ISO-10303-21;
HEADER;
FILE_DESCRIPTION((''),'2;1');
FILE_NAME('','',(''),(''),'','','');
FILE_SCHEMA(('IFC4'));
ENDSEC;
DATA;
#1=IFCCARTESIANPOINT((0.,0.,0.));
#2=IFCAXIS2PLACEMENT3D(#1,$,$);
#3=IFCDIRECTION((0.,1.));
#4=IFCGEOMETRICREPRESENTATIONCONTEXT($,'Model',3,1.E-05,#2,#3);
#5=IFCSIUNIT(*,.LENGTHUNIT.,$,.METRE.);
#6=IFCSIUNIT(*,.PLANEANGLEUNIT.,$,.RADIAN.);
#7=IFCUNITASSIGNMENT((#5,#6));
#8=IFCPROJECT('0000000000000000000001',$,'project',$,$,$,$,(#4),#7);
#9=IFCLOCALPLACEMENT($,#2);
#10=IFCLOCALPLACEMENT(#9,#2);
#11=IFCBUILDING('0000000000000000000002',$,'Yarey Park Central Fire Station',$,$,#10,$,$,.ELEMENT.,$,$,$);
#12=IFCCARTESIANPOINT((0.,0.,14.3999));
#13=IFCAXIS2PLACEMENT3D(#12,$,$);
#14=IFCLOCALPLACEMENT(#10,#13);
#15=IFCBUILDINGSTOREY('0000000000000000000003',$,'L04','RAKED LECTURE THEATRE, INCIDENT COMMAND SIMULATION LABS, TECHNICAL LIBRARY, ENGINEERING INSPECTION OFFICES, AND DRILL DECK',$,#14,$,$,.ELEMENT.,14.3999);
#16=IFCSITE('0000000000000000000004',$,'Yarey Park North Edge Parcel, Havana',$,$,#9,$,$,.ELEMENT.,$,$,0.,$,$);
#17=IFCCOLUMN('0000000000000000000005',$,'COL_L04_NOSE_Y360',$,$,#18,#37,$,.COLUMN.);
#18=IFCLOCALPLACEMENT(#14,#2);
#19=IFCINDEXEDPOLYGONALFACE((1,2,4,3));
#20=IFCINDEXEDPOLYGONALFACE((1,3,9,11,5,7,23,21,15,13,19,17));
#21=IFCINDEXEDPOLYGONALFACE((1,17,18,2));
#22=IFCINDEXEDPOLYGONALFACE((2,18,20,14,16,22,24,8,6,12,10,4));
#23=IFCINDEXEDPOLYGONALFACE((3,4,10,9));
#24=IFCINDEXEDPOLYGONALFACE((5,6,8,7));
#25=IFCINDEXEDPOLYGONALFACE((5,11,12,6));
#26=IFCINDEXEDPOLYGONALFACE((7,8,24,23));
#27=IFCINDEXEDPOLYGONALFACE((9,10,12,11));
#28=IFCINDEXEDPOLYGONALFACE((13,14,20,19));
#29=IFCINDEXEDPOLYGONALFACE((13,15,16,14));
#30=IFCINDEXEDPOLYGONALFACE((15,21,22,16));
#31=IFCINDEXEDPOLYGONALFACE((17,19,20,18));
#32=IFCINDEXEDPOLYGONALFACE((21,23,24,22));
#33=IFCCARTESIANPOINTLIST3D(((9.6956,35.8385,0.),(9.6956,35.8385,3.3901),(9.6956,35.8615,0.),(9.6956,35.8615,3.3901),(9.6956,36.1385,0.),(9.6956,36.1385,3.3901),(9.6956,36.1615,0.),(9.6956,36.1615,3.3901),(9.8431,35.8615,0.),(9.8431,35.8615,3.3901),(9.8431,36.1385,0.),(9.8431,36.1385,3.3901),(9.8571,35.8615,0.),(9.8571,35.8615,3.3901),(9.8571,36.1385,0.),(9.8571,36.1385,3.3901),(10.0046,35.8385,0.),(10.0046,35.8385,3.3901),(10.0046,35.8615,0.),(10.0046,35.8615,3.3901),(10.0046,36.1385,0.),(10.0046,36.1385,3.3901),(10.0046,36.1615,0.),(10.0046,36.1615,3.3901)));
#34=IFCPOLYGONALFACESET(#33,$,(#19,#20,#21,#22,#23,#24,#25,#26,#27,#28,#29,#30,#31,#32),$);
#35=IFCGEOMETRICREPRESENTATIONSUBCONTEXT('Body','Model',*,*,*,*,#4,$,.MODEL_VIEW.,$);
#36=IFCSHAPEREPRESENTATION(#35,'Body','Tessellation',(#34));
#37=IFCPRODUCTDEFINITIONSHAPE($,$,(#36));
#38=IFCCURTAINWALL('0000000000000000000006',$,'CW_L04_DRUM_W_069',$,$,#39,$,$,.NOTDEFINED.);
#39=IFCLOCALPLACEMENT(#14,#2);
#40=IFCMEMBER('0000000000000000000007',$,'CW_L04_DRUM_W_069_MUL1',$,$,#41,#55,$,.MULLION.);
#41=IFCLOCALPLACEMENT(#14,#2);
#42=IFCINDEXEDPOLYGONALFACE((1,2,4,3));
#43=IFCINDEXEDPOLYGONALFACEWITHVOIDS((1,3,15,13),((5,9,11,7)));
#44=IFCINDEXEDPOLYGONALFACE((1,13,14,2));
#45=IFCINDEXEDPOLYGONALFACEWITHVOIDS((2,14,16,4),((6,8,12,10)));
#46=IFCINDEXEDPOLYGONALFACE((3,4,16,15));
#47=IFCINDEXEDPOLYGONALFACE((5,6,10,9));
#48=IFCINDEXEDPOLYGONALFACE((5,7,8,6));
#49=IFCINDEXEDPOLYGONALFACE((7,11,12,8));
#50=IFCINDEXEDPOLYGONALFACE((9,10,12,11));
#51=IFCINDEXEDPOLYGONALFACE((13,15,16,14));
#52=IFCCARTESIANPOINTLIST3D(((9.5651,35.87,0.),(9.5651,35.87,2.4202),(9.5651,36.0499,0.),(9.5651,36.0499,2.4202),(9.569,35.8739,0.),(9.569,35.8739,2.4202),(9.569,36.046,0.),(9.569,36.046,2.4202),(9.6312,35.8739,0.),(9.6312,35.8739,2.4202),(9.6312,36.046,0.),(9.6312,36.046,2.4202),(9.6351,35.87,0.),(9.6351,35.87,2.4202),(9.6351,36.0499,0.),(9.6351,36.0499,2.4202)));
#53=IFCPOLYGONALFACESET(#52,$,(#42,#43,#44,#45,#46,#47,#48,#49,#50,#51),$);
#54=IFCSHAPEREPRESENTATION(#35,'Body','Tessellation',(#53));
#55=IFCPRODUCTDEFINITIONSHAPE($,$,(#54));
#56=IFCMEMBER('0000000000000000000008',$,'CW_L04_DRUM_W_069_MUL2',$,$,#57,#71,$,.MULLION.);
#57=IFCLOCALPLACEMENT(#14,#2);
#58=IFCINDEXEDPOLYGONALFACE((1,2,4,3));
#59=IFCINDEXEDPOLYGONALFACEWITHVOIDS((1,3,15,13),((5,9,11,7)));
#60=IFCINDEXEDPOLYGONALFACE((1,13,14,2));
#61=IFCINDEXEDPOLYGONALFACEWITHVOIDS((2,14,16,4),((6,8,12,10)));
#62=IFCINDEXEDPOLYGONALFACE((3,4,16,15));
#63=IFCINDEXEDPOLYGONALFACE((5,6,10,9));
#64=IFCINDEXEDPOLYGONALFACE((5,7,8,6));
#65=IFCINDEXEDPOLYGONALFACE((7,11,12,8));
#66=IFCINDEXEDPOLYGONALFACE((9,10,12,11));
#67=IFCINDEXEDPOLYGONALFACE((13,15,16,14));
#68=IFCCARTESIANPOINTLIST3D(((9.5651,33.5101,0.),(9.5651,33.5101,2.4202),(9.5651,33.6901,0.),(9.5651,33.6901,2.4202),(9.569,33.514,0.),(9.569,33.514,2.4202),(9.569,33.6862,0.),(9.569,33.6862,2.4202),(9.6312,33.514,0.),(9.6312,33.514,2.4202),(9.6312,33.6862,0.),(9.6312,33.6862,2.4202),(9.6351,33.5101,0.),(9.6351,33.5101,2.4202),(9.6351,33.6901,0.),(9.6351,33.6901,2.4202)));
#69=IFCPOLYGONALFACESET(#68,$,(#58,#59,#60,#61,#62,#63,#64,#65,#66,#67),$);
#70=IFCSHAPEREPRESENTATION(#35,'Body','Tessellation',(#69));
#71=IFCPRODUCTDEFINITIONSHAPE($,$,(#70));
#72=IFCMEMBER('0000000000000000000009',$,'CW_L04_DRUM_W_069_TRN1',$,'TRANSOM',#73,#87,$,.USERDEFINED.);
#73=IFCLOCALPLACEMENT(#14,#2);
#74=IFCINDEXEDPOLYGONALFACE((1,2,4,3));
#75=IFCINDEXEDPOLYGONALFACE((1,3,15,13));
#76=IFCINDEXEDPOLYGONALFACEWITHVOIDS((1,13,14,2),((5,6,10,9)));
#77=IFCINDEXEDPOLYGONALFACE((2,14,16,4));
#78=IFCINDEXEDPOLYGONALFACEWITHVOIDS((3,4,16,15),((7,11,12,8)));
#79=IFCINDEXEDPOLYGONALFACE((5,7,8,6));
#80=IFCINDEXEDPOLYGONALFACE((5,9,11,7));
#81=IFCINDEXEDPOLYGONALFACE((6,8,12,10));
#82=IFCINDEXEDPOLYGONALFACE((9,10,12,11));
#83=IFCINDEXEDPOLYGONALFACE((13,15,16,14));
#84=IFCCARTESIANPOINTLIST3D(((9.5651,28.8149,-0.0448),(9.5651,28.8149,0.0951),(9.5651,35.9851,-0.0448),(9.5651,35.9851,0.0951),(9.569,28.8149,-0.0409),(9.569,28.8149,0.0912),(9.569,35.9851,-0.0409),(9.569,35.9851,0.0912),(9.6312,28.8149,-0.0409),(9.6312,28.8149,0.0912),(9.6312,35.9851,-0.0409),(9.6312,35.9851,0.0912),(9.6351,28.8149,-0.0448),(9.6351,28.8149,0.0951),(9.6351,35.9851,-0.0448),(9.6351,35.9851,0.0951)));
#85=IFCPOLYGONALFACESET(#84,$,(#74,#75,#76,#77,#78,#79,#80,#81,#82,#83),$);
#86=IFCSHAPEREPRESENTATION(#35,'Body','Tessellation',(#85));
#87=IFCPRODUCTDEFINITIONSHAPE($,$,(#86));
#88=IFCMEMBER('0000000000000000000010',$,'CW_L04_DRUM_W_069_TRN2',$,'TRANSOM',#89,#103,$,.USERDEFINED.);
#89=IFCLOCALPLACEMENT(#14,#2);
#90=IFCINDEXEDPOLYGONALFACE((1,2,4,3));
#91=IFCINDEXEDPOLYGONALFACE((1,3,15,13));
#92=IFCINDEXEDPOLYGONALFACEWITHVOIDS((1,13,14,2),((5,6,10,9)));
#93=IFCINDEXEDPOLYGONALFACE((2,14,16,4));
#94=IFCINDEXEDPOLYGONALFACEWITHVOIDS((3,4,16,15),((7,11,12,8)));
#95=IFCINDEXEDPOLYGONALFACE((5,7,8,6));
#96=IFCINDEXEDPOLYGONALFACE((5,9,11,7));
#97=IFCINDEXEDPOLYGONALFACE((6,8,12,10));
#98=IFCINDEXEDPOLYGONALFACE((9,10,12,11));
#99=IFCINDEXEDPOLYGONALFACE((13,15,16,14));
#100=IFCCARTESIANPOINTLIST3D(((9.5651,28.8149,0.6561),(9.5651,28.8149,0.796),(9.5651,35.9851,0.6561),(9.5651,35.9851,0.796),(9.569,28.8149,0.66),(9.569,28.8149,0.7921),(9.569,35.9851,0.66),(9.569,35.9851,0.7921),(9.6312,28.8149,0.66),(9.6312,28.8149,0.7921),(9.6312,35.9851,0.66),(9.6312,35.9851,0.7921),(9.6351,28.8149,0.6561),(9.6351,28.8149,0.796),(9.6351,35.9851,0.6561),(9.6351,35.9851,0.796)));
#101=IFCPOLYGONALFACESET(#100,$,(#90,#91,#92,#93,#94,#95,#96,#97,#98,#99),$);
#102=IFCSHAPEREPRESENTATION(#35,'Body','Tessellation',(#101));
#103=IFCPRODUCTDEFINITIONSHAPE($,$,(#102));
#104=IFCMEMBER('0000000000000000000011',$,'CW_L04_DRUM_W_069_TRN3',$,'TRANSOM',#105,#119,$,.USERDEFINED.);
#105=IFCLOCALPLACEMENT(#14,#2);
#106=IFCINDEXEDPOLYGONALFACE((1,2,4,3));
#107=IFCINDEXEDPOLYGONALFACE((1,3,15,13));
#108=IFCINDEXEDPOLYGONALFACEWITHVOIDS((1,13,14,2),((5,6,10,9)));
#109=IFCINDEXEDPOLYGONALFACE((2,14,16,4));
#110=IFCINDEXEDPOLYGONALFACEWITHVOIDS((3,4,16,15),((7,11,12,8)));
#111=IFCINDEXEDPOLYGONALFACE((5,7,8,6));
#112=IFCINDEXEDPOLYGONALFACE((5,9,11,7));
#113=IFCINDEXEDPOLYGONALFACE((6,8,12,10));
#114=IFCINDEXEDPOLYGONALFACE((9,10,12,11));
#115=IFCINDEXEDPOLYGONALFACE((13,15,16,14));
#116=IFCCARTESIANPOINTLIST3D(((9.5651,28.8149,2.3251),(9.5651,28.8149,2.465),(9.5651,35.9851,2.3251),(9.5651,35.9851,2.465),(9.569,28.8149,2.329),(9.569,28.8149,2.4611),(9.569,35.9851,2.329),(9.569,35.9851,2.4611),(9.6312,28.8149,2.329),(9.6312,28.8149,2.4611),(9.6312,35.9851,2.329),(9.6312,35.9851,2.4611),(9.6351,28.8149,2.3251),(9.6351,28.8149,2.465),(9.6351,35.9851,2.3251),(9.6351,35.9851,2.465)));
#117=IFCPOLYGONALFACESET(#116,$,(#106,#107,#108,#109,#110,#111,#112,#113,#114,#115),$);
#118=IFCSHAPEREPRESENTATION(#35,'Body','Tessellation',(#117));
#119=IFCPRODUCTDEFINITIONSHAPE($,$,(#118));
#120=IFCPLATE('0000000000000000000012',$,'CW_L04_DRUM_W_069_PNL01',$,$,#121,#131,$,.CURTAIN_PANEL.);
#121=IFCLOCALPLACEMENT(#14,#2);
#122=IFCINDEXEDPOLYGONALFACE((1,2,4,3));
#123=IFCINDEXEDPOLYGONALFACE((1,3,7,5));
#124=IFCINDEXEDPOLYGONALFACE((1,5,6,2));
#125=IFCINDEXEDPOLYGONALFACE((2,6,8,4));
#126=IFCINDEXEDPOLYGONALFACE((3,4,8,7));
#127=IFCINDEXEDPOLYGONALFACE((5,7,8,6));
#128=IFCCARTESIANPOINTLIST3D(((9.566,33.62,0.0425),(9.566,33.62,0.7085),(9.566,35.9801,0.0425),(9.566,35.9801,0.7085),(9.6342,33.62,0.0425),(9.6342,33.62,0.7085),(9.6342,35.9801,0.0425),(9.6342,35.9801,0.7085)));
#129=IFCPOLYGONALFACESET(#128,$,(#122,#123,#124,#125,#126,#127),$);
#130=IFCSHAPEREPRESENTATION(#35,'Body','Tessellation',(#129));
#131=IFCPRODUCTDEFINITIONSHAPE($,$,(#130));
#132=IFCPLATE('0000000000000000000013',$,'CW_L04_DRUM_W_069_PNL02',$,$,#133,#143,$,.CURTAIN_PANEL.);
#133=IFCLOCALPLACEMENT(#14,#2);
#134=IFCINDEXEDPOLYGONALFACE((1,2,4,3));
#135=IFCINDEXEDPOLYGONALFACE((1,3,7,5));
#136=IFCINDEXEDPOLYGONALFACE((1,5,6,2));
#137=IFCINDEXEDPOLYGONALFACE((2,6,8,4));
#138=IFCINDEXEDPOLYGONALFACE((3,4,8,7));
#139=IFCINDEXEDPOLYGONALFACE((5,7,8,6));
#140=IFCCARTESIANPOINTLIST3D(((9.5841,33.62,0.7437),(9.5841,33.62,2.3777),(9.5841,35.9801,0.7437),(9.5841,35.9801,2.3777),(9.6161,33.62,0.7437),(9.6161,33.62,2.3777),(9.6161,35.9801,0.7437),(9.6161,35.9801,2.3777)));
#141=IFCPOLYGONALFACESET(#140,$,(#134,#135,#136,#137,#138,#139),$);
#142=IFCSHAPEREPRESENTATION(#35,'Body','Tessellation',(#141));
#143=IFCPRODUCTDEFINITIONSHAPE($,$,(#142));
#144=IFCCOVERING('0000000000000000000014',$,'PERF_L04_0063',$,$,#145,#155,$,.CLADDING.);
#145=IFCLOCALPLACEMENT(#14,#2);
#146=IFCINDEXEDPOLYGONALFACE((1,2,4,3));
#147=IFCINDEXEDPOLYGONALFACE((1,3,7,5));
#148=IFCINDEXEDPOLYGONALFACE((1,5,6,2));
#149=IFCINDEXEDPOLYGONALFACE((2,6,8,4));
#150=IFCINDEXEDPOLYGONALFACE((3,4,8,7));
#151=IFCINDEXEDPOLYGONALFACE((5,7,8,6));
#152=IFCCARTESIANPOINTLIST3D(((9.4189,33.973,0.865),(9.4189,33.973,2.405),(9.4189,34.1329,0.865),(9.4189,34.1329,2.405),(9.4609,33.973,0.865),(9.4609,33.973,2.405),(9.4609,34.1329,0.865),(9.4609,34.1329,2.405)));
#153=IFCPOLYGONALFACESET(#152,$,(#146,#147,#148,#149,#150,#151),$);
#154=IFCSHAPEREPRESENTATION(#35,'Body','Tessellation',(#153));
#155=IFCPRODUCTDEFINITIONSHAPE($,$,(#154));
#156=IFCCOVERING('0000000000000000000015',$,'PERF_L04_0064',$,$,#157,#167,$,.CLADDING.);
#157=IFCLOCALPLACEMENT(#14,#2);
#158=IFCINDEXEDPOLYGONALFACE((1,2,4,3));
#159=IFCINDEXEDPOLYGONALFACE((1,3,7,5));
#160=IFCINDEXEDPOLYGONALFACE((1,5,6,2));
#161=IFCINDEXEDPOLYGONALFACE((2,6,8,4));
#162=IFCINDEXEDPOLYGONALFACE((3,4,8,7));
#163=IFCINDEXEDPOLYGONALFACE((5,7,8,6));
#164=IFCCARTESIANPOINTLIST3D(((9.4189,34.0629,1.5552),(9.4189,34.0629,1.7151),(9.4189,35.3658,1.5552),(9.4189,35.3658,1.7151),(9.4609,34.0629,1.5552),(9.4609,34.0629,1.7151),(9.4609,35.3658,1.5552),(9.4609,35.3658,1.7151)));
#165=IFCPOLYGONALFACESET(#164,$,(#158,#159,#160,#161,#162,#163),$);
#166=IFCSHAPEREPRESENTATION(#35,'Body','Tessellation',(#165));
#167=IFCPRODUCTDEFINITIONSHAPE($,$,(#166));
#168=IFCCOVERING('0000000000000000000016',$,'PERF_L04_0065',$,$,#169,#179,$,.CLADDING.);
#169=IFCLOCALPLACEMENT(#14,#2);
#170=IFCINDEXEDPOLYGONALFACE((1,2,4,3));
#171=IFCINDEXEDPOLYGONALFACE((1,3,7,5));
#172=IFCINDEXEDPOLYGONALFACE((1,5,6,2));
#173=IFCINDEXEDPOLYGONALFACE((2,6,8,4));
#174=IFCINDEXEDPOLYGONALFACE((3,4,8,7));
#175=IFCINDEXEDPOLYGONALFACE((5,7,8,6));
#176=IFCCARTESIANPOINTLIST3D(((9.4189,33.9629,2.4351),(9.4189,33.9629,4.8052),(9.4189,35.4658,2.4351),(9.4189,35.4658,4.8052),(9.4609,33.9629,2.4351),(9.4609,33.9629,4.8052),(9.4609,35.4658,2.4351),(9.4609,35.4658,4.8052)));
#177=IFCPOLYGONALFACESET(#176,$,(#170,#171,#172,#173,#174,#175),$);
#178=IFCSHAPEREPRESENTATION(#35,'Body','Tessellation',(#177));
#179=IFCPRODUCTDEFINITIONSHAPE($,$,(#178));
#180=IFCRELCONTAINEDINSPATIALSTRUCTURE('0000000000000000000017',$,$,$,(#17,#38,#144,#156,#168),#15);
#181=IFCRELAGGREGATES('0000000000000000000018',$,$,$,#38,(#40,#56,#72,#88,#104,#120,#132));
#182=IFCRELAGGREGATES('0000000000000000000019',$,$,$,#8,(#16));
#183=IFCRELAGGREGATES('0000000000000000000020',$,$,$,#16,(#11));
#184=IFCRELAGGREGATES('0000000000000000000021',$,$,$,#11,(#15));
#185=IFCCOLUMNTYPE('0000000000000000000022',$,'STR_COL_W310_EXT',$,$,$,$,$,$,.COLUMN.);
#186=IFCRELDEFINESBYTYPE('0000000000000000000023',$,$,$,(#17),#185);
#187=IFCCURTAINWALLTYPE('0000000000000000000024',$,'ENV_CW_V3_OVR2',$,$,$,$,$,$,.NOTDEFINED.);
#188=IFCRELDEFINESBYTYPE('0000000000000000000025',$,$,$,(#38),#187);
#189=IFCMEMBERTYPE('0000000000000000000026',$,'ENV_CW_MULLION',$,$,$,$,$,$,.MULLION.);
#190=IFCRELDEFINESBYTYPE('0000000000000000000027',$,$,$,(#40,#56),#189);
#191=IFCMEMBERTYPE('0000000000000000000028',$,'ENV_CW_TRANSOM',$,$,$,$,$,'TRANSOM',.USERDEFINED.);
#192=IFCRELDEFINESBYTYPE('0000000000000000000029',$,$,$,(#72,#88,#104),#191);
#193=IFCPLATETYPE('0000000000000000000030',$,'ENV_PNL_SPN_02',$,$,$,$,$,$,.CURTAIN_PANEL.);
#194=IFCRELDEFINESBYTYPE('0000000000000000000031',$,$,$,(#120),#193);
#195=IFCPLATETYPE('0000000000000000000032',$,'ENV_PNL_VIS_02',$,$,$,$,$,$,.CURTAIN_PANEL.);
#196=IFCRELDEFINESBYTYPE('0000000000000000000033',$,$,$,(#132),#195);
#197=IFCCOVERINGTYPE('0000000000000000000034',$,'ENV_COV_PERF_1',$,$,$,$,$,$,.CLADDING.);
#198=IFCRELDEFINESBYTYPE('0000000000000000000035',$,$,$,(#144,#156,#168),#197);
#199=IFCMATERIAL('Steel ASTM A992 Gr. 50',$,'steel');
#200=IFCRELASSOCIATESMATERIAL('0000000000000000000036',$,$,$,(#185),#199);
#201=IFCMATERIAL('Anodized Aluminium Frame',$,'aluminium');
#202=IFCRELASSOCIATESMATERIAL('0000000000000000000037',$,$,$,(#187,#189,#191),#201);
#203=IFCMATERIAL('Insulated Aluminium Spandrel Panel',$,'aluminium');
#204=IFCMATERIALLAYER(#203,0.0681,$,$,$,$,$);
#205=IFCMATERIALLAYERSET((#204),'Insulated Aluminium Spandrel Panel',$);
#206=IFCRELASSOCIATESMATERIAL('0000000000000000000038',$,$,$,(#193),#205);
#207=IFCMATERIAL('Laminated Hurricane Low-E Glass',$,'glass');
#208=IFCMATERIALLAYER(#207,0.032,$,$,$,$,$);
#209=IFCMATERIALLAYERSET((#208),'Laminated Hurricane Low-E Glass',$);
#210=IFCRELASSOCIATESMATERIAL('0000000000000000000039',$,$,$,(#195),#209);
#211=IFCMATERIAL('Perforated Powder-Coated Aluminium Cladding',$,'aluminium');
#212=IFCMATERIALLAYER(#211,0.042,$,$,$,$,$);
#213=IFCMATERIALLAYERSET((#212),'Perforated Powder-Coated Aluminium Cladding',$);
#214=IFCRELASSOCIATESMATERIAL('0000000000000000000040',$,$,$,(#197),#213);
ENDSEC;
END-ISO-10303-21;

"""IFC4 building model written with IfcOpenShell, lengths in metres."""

from ifc_helpers import new_model, si_unit, direction, frame, origin, origin_2d, place, context, subcontext, project, spatial, rectangle, hollow_rectangle, i_section, extrude, material, layer, layer_set, material_profile, profile_set, type_object, element, aggregate, save


model = new_model("IFC4")

# Units and contexts
model_context = context("Model", 3, precision=1e-05, world=origin(), true_north=direction((0.0, 1.0)))
body_context = subcontext(model_context, "Body", "Model", "MODEL_VIEW")
ifc_project = project(units=[si_unit("LENGTHUNIT", "METRE"), si_unit("PLANEANGLEUNIT", "RADIAN")], contexts=[model_context])

# Site, building, storey
site_placement = place(None, origin())
site = spatial("IfcSite", under=ifc_project, at=site_placement, Name="Yarey Park North Edge Parcel, Havana", CompositionType="ELEMENT", RefElevation=0.0)
building_placement = place(site_placement, origin())
building = spatial("IfcBuilding", under=site, at=building_placement, Name="Yarey Park Central Fire Station", CompositionType="ELEMENT")
storey_placement = place(building_placement, frame((0.0, 0.0, 14.3999)))
storey = spatial("IfcBuildingStorey", under=building, at=storey_placement, Name="L04", Description="RAKED LECTURE THEATRE, INCIDENT COMMAND SIMULATION LABS, TECHNICAL LIBRARY, ENGINEERING INSPECTION OFFICES, AND DRILL DECK", CompositionType="ELEMENT", Elevation=14.3999)

# Column
ifc_material_1 = material(Name="Steel ASTM A992 Gr. 50", Category="steel")
ifc_material_profile_1 = material_profile(ifc_material_1, i_section(OverallWidth=0.3091, OverallDepth=0.323, WebThickness=0.0139, FlangeThickness=0.0229, at=origin_2d()), Name="W310x143")
ifc_profile_set_1 = profile_set([ifc_material_profile_1], Name="Steel ASTM A992 Gr. 50")
column_type = type_object("IfcColumnType", Name="STR_COL_W310_EXT", PredefinedType="COLUMN", material=ifc_profile_set_1)
column_placement = place(storey_placement, frame((9.8501, 36.0, 0.0), z_axis=(0.0, 0.0, 1.0), x_axis=(1.0, 0.0, 0.0)))
element("IfcColumn", 1, at=column_placement, inside=storey, type_object=column_type, Name="COL_L04_NOSE_Y360", PredefinedType="COLUMN", context=body_context, shape_type="SweptSolid", body=[
    extrude(i_section(OverallWidth=0.3091, OverallDepth=0.323, WebThickness=0.0139, FlangeThickness=0.0229, at=origin_2d()), origin(), (0.0, 0.0, 1.0), 3.3901),
])

# Curtain wall, members, plates
ifc_material_2 = material(Name="Anodized Aluminium Frame", Category="aluminium")
curtain_wall_type = type_object("IfcCurtainWallType", Name="ENV_CW_V3_OVR2", PredefinedType="NOTDEFINED", material=ifc_material_2)
curtain_wall_placement = place(storey_placement, origin())
curtain_wall = element("IfcCurtainWall", 2, at=curtain_wall_placement, inside=storey, type_object=curtain_wall_type, Name="CW_L04_DRUM_W_069", PredefinedType="NOTDEFINED")
ifc_material_profile_2 = material_profile(ifc_material_2, hollow_rectangle(XDim=0.0701, YDim=0.1799, WallThickness=0.0039, at=origin_2d()), Name="ALU 180x70x4")
ifc_profile_set_2 = profile_set([ifc_material_profile_2], Name="Anodized Aluminium Frame")
member_type_1 = type_object("IfcMemberType", Name="ENV_CW_MULLION", PredefinedType="MULLION", material=ifc_profile_set_2)
member_1_placement = place(storey_placement, frame((9.6001, 35.96, 0.0), z_axis=(0.0, 0.0, 1.0), x_axis=(1.0, 0.0, 0.0)))
member_1 = element("IfcMember", 3, at=member_1_placement, type_object=member_type_1, Name="CW_L04_DRUM_W_069_MUL1", PredefinedType="MULLION", context=body_context, shape_type="SweptSolid", body=[
    extrude(hollow_rectangle(XDim=0.0701, YDim=0.1799, WallThickness=0.0039, at=origin_2d()), origin(), (0.0, 0.0, 1.0), 2.4202),
])
member_2_placement = place(storey_placement, frame((9.6001, 33.6001, 0.0), z_axis=(0.0, 0.0, 1.0), x_axis=(1.0, 0.0, 0.0)))
member_2 = element("IfcMember", 4, at=member_2_placement, type_object=member_type_1, Name="CW_L04_DRUM_W_069_MUL2", PredefinedType="MULLION", context=body_context, shape_type="SweptSolid", body=[
    extrude(hollow_rectangle(XDim=0.0701, YDim=0.1799, WallThickness=0.0039, at=origin_2d()), origin(), (0.0, 0.0, 1.0), 2.4202),
])
ifc_material_profile_3 = material_profile(ifc_material_2, hollow_rectangle(XDim=0.0701, YDim=0.1399, WallThickness=0.0039, at=origin_2d()), Name="ALU 140x70x4")
ifc_profile_set_3 = profile_set([ifc_material_profile_3], Name="Anodized Aluminium Frame")
member_type_2 = type_object("IfcMemberType", Name="ENV_CW_TRANSOM", ElementType="TRANSOM", PredefinedType="USERDEFINED", material=ifc_profile_set_3)
member_3_placement = place(storey_placement, frame((9.6001, 35.9851, 0.0251), z_axis=(0.0, -1.0, 0.0), x_axis=(1.0, 0.0, 0.0)))
member_3 = element("IfcMember", 5, at=member_3_placement, type_object=member_type_2, Name="CW_L04_DRUM_W_069_TRN1", ObjectType="TRANSOM", PredefinedType="USERDEFINED", context=body_context, shape_type="SweptSolid", body=[
    extrude(hollow_rectangle(XDim=0.0701, YDim=0.1399, WallThickness=0.0039, at=origin_2d()), origin(), (0.0, 0.0, 1.0), 7.1702),
])
member_4_placement = place(storey_placement, frame((9.6001, 35.9851, 0.7261), z_axis=(0.0, -1.0, 0.0), x_axis=(1.0, 0.0, 0.0)))
member_4 = element("IfcMember", 6, at=member_4_placement, type_object=member_type_2, Name="CW_L04_DRUM_W_069_TRN2", ObjectType="TRANSOM", PredefinedType="USERDEFINED", context=body_context, shape_type="SweptSolid", body=[
    extrude(hollow_rectangle(XDim=0.0701, YDim=0.1399, WallThickness=0.0039, at=origin_2d()), origin(), (0.0, 0.0, 1.0), 7.1702),
])
member_5_placement = place(storey_placement, frame((9.6001, 35.9851, 2.395), z_axis=(0.0, -1.0, 0.0), x_axis=(1.0, 0.0, 0.0)))
member_5 = element("IfcMember", 7, at=member_5_placement, type_object=member_type_2, Name="CW_L04_DRUM_W_069_TRN3", ObjectType="TRANSOM", PredefinedType="USERDEFINED", context=body_context, shape_type="SweptSolid", body=[
    extrude(hollow_rectangle(XDim=0.0701, YDim=0.1399, WallThickness=0.0039, at=origin_2d()), origin(), (0.0, 0.0, 1.0), 7.1702),
])
ifc_material_3 = material(Name="Insulated Aluminium Spandrel Panel", Category="aluminium")
ifc_layer_1 = layer(ifc_material_3, 0.0681)
ifc_layer_set_1 = layer_set([ifc_layer_1], Name="Insulated Aluminium Spandrel Panel")
plate_type_1 = type_object("IfcPlateType", Name="ENV_PNL_SPN_02", PredefinedType="CURTAIN_PANEL", material=ifc_layer_set_1)
plate_1_placement = place(storey_placement, frame((9.6001, 34.8, 0.0425), z_axis=(0.0, 0.0, 1.0), x_axis=(0.0, -1.0, 0.0)))
plate_1 = element("IfcPlate", 8, at=plate_1_placement, type_object=plate_type_1, Name="CW_L04_DRUM_W_069_PNL01", PredefinedType="CURTAIN_PANEL", context=body_context, shape_type="SweptSolid", body=[
    extrude(rectangle(XDim=2.3601, YDim=0.0681, at=origin_2d()), origin(), (0.0, 0.0, 1.0), 0.666),
])
ifc_material_4 = material(Name="Laminated Hurricane Low-E Glass", Category="glass")
ifc_layer_2 = layer(ifc_material_4, 0.032)
ifc_layer_set_2 = layer_set([ifc_layer_2], Name="Laminated Hurricane Low-E Glass")
plate_type_2 = type_object("IfcPlateType", Name="ENV_PNL_VIS_02", PredefinedType="CURTAIN_PANEL", material=ifc_layer_set_2)
plate_2_placement = place(storey_placement, frame((9.6001, 34.8, 0.7437), z_axis=(0.0, 0.0, 1.0), x_axis=(0.0, -1.0, 0.0)))
plate_2 = element("IfcPlate", 9, at=plate_2_placement, type_object=plate_type_2, Name="CW_L04_DRUM_W_069_PNL02", PredefinedType="CURTAIN_PANEL", context=body_context, shape_type="SweptSolid", body=[
    extrude(rectangle(XDim=2.3601, YDim=0.032, at=origin_2d()), origin(), (0.0, 0.0, 1.0), 1.634),
])
aggregate(curtain_wall, [member_1, member_2, member_3, member_4, member_5, plate_1, plate_2])

# Coverings
ifc_material_5 = material(Name="Perforated Powder-Coated Aluminium Cladding", Category="aluminium")
ifc_layer_3 = layer(ifc_material_5, 0.042)
ifc_layer_set_3 = layer_set([ifc_layer_3], Name="Perforated Powder-Coated Aluminium Cladding")
covering_type_1 = type_object("IfcCoveringType", Name="ENV_COV_PERF_1", PredefinedType="CLADDING", material=ifc_layer_set_3)
covering_1_placement = place(storey_placement, frame((9.4399, 34.053, 0.865), z_axis=(0.0, 0.0, 1.0), x_axis=(0.0, 1.0, 0.0)))
element("IfcCovering", 10, at=covering_1_placement, inside=storey, type_object=covering_type_1, Name="PERF_L04_0063", PredefinedType="CLADDING", context=body_context, shape_type="SweptSolid", body=[
    extrude(rectangle(XDim=0.1599, YDim=0.042, at=origin_2d()), origin(), (0.0, 0.0, 1.0), 1.54),
])
covering_2_placement = place(storey_placement, frame((9.4399, 34.7144, 1.5552), z_axis=(0.0, 0.0, 1.0), x_axis=(0.0, 1.0, 0.0)))
element("IfcCovering", 11, at=covering_2_placement, inside=storey, type_object=covering_type_1, Name="PERF_L04_0064", PredefinedType="CLADDING", context=body_context, shape_type="SweptSolid", body=[
    extrude(rectangle(XDim=1.303, YDim=0.042, at=origin_2d()), origin(), (0.0, 0.0, 1.0), 0.1599),
])
covering_3_placement = place(storey_placement, frame((9.4399, 34.7144, 2.4351), z_axis=(0.0, 0.0, 1.0), x_axis=(0.0, 1.0, 0.0)))
element("IfcCovering", 12, at=covering_3_placement, inside=storey, type_object=covering_type_1, Name="PERF_L04_0065", PredefinedType="CLADDING", context=body_context, shape_type="SweptSolid", body=[
    extrude(rectangle(XDim=1.5029, YDim=0.042, at=origin_2d()), origin(), (0.0, 0.0, 1.0), 2.3701),
])

save(model, "model.ifc")
